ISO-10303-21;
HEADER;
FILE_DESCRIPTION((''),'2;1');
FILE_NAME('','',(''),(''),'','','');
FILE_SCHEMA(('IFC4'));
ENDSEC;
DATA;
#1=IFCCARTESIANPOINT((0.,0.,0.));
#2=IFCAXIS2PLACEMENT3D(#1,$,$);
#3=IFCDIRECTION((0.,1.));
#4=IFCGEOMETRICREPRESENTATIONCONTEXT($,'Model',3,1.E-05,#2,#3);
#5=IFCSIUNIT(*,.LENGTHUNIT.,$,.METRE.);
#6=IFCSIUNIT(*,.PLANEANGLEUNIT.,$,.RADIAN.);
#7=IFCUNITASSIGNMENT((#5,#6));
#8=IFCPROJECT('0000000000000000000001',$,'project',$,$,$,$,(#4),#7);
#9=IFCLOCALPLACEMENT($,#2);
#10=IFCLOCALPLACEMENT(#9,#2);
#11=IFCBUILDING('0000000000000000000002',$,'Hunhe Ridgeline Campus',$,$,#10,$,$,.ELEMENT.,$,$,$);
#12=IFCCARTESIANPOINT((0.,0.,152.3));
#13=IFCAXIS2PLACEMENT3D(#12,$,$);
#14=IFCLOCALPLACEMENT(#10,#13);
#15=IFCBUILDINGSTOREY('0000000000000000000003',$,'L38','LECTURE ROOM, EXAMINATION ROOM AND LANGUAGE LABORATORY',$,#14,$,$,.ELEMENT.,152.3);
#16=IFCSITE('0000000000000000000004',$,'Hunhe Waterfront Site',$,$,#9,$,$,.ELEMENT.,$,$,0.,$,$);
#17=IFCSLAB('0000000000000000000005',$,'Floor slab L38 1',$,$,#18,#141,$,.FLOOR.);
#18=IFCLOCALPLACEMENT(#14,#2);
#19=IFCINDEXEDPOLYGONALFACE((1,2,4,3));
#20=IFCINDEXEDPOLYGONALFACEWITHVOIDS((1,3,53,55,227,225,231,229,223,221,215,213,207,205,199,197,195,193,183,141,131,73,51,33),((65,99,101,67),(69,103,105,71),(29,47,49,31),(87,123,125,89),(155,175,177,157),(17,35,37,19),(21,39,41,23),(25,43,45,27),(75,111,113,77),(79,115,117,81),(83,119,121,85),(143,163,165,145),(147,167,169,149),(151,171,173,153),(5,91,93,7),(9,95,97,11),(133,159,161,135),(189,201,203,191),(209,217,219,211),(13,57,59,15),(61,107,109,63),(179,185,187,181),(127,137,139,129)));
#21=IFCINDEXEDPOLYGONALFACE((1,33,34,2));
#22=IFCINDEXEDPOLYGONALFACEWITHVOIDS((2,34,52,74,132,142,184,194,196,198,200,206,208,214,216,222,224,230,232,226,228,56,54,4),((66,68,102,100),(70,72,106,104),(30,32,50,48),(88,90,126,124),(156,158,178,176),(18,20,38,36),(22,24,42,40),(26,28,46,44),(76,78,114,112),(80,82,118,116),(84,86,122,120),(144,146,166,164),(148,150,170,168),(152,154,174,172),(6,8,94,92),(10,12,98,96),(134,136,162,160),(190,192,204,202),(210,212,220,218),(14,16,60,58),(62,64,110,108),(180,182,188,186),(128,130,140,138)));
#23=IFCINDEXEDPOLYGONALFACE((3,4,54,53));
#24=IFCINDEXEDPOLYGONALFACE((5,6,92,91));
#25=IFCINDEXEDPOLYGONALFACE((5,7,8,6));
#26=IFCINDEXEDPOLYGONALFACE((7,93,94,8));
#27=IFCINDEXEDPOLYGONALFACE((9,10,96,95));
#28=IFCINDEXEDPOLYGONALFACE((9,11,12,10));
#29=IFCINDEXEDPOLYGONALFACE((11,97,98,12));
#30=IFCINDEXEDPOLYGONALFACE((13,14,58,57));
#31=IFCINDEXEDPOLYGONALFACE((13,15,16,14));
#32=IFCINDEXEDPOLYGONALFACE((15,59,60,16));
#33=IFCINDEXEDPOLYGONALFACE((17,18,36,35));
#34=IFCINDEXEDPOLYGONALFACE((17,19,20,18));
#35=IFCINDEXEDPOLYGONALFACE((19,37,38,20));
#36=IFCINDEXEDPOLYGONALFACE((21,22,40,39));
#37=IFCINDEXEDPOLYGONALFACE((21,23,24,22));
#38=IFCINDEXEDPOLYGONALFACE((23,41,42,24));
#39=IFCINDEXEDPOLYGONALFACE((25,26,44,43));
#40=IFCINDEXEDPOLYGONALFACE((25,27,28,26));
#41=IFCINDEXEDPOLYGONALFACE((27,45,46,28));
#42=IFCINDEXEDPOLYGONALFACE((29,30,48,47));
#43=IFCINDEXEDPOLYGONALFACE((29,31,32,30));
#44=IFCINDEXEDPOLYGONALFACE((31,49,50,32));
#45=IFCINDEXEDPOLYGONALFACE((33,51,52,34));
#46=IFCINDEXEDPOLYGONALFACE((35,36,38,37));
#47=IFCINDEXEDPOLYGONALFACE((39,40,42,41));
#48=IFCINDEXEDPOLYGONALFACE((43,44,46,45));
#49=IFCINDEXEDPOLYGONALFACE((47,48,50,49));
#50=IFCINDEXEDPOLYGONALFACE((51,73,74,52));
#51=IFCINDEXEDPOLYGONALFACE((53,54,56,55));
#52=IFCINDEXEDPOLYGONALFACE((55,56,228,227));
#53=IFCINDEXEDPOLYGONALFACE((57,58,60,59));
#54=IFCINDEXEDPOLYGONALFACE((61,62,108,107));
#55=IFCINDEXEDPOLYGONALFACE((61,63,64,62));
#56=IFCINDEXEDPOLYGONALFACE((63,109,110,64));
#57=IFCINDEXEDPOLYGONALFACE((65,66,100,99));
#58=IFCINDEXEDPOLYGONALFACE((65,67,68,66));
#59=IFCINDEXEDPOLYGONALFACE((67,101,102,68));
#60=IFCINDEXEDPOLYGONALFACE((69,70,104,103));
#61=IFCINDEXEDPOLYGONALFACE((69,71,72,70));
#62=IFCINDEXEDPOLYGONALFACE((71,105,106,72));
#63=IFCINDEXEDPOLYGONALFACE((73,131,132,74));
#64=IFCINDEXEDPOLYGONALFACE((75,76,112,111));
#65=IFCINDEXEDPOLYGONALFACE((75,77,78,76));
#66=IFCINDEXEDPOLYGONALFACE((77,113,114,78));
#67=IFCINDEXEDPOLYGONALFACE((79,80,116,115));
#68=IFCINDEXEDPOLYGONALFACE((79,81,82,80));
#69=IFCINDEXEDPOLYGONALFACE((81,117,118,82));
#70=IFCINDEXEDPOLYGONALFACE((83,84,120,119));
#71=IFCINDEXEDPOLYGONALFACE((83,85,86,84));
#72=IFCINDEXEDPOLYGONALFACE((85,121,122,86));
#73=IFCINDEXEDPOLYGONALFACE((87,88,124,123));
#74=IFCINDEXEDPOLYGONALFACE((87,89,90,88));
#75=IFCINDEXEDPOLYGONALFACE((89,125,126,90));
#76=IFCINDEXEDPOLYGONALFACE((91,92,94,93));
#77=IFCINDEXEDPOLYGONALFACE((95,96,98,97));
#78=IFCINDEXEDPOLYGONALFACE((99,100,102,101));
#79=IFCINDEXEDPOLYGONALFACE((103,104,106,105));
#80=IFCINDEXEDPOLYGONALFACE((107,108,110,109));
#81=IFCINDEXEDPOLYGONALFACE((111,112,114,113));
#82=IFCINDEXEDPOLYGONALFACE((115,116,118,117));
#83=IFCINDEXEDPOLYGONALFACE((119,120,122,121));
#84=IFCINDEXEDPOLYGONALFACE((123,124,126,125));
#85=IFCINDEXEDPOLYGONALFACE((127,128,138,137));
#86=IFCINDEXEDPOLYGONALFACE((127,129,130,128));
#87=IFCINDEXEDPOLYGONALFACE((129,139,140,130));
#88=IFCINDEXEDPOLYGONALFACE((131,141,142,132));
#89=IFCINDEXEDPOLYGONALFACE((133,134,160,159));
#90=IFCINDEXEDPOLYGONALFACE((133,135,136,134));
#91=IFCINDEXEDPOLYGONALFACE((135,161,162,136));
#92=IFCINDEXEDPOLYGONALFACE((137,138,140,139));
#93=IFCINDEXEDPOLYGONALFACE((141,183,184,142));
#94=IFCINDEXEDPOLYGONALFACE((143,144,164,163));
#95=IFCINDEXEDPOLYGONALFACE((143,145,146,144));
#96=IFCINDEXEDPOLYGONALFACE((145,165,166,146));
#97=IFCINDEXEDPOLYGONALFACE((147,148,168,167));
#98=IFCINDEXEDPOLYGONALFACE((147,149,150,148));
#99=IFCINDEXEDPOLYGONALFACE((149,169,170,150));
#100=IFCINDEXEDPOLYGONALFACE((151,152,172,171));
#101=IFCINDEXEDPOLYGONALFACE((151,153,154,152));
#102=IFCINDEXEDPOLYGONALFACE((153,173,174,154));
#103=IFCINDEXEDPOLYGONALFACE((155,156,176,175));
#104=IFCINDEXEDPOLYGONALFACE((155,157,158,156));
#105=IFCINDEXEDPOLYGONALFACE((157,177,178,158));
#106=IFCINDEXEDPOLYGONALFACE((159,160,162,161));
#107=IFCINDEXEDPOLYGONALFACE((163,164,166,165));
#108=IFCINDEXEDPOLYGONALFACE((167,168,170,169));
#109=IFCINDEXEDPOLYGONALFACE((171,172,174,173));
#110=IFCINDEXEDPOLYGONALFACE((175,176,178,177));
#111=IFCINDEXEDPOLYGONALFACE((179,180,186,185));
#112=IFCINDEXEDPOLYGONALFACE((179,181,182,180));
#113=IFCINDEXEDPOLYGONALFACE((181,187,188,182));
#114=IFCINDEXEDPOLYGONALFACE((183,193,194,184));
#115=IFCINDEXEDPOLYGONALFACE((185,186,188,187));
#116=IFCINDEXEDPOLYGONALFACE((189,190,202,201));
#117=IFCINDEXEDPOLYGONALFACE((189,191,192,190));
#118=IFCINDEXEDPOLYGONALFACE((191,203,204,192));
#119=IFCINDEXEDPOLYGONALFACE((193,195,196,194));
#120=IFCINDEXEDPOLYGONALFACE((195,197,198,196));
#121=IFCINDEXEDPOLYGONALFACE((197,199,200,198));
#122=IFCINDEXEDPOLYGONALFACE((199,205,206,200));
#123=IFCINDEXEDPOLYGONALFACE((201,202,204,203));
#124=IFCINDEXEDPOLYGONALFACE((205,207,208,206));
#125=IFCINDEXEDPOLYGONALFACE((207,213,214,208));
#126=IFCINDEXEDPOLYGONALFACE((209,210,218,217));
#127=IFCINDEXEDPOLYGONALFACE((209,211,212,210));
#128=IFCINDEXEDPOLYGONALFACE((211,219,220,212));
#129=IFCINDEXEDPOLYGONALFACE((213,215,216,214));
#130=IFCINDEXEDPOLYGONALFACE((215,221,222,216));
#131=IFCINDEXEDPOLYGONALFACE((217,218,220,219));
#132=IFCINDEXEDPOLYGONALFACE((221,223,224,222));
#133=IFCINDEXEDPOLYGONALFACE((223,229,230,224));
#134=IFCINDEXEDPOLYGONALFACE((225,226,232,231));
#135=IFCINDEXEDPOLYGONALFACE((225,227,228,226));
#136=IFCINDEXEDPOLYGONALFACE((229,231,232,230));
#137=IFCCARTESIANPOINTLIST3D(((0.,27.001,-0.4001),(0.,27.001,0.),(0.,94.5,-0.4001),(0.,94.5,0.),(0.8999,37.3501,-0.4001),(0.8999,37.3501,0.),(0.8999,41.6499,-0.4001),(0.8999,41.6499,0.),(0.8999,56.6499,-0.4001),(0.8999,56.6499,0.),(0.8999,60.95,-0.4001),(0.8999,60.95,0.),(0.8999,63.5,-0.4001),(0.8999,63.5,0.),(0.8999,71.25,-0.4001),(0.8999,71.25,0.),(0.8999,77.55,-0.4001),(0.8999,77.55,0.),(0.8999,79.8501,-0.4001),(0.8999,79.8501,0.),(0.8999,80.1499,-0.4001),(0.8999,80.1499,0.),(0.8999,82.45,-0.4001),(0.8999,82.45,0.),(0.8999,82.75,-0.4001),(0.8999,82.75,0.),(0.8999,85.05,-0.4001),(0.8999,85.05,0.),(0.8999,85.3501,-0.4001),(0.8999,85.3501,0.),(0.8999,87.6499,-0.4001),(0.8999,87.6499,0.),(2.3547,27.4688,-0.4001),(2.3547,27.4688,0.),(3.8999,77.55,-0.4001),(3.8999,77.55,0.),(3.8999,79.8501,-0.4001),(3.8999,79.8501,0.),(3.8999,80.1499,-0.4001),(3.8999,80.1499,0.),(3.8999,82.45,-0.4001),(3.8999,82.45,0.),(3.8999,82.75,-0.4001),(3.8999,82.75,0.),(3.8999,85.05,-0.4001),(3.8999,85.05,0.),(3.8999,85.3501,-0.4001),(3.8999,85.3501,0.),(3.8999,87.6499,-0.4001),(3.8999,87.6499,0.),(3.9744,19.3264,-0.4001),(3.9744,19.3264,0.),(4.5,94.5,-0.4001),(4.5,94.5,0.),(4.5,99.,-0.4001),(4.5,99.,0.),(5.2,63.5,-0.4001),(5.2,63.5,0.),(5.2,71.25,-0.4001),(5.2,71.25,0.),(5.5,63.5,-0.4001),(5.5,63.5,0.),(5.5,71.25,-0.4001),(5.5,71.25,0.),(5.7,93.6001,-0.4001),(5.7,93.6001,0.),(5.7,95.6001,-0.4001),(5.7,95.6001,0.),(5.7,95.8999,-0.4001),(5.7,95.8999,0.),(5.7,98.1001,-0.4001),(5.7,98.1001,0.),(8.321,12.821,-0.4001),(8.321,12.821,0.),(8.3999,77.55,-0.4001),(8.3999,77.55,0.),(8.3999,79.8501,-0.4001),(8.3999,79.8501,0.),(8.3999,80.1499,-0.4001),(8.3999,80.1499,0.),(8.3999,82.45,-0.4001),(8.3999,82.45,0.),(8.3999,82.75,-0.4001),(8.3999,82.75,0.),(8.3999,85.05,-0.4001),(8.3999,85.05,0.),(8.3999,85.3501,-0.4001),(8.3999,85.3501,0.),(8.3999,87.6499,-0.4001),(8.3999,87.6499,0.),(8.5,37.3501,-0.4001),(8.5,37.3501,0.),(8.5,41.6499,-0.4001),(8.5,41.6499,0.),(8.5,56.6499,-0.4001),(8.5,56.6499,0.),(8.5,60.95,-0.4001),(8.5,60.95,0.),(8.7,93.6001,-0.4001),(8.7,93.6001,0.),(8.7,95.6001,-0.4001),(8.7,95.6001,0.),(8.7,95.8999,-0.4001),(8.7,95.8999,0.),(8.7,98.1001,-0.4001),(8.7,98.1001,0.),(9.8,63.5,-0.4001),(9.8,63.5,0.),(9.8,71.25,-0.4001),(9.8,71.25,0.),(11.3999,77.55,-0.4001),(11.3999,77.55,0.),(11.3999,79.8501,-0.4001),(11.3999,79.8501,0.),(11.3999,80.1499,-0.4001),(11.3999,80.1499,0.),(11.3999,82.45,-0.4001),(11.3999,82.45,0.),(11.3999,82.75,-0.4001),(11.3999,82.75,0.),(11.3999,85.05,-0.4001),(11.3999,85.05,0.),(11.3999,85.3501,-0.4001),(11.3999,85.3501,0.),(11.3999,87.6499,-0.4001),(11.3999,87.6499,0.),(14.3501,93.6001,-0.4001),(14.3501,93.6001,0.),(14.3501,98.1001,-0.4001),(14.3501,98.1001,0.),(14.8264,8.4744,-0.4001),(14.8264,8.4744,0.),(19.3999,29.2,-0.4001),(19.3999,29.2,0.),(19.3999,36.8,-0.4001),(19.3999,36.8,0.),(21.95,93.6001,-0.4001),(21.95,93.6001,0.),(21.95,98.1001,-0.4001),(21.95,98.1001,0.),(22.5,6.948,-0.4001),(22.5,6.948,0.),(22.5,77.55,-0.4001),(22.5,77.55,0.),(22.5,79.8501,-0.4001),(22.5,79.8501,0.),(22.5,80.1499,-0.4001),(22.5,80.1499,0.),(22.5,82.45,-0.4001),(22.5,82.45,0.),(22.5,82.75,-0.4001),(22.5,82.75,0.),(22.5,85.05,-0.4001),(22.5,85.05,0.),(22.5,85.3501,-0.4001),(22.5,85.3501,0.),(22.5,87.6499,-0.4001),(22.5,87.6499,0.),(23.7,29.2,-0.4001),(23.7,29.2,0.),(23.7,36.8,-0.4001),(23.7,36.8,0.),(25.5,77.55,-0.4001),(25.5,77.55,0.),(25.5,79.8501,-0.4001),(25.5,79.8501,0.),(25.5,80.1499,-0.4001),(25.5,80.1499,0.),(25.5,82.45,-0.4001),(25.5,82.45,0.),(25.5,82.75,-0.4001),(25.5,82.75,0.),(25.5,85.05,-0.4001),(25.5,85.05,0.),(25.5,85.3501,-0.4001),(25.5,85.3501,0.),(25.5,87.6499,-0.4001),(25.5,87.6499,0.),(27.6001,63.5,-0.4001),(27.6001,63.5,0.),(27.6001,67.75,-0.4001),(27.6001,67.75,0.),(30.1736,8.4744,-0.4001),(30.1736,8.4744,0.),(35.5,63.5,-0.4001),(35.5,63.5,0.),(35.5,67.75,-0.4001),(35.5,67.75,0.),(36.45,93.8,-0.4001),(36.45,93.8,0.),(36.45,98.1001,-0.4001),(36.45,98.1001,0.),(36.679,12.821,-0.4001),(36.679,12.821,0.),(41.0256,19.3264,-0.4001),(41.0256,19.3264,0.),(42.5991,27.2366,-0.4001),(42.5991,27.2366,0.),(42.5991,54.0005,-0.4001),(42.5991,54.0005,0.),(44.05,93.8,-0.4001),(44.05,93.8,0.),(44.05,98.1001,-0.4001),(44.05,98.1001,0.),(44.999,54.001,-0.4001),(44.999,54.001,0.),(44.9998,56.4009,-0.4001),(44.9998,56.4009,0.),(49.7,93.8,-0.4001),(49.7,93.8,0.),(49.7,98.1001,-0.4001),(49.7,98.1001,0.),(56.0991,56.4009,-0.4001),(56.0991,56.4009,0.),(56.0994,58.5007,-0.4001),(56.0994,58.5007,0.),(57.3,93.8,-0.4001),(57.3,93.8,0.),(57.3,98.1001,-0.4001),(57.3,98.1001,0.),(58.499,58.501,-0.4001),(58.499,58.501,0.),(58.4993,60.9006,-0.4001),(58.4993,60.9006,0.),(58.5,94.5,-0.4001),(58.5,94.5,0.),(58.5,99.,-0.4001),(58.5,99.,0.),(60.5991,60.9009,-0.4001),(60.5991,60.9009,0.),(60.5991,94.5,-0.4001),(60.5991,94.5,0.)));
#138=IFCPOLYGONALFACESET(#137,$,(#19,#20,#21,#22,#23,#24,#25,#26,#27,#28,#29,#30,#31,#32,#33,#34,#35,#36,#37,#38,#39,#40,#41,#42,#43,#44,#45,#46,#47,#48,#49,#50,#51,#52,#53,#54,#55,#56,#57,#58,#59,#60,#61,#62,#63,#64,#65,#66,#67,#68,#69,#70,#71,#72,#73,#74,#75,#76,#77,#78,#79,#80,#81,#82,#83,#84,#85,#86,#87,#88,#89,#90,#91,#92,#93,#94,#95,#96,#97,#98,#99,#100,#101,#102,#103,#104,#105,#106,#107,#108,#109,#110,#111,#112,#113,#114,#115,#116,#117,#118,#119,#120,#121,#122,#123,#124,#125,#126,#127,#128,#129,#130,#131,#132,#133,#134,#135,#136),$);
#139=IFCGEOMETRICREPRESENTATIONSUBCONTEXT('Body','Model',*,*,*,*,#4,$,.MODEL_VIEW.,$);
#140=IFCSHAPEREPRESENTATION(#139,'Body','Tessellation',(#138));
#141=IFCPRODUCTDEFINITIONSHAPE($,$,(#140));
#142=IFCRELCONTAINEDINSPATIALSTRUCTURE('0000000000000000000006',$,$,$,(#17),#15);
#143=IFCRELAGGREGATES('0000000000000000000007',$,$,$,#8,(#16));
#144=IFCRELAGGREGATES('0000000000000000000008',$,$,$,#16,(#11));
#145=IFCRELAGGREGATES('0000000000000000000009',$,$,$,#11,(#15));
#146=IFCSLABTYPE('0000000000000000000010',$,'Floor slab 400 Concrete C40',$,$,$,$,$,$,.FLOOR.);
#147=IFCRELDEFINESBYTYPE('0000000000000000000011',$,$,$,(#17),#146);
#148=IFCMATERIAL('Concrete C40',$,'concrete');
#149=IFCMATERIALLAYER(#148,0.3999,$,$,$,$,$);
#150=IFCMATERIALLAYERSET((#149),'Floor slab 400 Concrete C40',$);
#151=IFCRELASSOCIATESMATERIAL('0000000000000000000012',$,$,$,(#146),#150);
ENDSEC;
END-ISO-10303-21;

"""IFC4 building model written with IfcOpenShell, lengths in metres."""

from ifc_helpers import new_model, si_unit, direction, frame, origin, place, context, subcontext, project, spatial, polyline, outline, extrude, material, layer, layer_set, type_object, element, save


model = new_model("IFC4")

# Units and contexts
model_context = context("Model", 3, precision=1e-05, world=origin(), true_north=direction((0.0, 1.0)))
body_context = subcontext(model_context, "Body", "Model", "MODEL_VIEW")
ifc_project = project(units=[si_unit("LENGTHUNIT", "METRE"), si_unit("PLANEANGLEUNIT", "RADIAN")], contexts=[model_context])

# Site, building, storey
site_placement = place(None, origin())
site = spatial("IfcSite", under=ifc_project, at=site_placement, Name="Hunhe Waterfront Site", CompositionType="ELEMENT", RefElevation=0.0)
building_placement = place(site_placement, origin())
building = spatial("IfcBuilding", under=site, at=building_placement, Name="Hunhe Ridgeline Campus", CompositionType="ELEMENT")
storey_placement = place(building_placement, frame((0.0, 0.0, 152.3)))
storey = spatial("IfcBuildingStorey", under=building, at=storey_placement, Name="L38", Description="LECTURE ROOM, EXAMINATION ROOM AND LANGUAGE LABORATORY", CompositionType="ELEMENT", Elevation=152.3)

# Slab
ifc_material_1 = material(Name="Concrete C40", Category="concrete")
ifc_layer_1 = layer(ifc_material_1, 0.3999)
ifc_layer_set_1 = layer_set([ifc_layer_1], Name="Floor slab 400 Concrete C40")
slab_type_1 = type_object("IfcSlabType", Name="Floor slab 400 Concrete C40", PredefinedType="FLOOR", material=ifc_layer_set_1)
slab_1_placement = place(storey_placement, frame((0.0, 0.0, -0.4001)))
element("IfcSlab", 1, at=slab_1_placement, inside=storey, type_object=slab_type_1, Name="Floor slab L38 1", PredefinedType="FLOOR", context=body_context, shape_type="SweptSolid", body=[
    extrude(outline(polyline([(2.3547, 27.4688), (3.9744, 19.3264), (8.321, 12.821), (14.8264, 8.4744), (22.5, 6.948), (30.1736, 8.4744), (36.679, 12.821), (41.0256, 19.3264), (42.5991, 27.2366), (42.5991, 54.0005), (44.999, 54.001), (44.9998, 56.4009), (56.0991, 56.4009), (56.0994, 58.5007), (58.499, 58.501), (58.4993, 60.9006), (60.5991, 60.9009), (60.5991, 94.5), (58.5, 94.5), (58.5, 99.0), (4.5, 99.0), (4.5, 94.5), (0.0, 94.5), (0.0, 27.001), (2.3547, 27.4688)]), holes=[polyline([(49.7, 93.8), (57.3, 93.8), (57.3, 98.1001), (49.7, 98.1001), (49.7, 93.8)]), polyline([(44.05, 93.8), (44.05, 98.1001), (36.45, 98.1001), (36.45, 93.8), (44.05, 93.8)]), polyline([(35.5, 67.75), (27.6001, 67.75), (27.6001, 63.5), (35.5, 63.5), (35.5, 67.75)]), polyline([(25.5, 82.75), (25.5, 85.05), (22.5, 85.05), (22.5, 82.75), (25.5, 82.75)]), polyline([(25.5, 82.45), (22.5, 82.45), (22.5, 80.1499), (25.5, 80.1499), (25.5, 82.45)]), polyline([(22.5, 85.3501), (25.5, 85.3501), (25.5, 87.6499), (22.5, 87.6499), (22.5, 85.3501)]), polyline([(22.5, 79.8501), (22.5, 77.55), (25.5, 77.55), (25.5, 79.8501), (22.5, 79.8501)]), polyline([(19.3999, 29.2), (23.7, 29.2), (23.7, 36.8), (19.3999, 36.8), (19.3999, 29.2)]), polyline([(21.95, 93.6001), (21.95, 98.1001), (14.3501, 98.1001), (14.3501, 93.6001), (21.95, 93.6001)]), polyline([(8.3999, 79.8501), (8.3999, 77.55), (11.3999, 77.55), (11.3999, 79.8501), (8.3999, 79.8501)]), polyline([(8.3999, 85.3501), (11.3999, 85.3501), (11.3999, 87.6499), (8.3999, 87.6499), (8.3999, 85.3501)]), polyline([(11.3999, 82.45), (8.3999, 82.45), (8.3999, 80.1499), (11.3999, 80.1499), (11.3999, 82.45)]), polyline([(11.3999, 82.75), (11.3999, 85.05), (8.3999, 85.05), (8.3999, 82.75), (11.3999, 82.75)]), polyline([(5.5, 71.25), (5.5, 63.5), (9.8, 63.5), (9.8, 71.25), (5.5, 71.25)]), polyline([(8.7, 98.1001), (5.7, 98.1001), (5.7, 95.8999), (8.7, 95.8999), (8.7, 98.1001)]), polyline([(5.7, 95.6001), (5.7, 93.6001), (8.7, 93.6001), (8.7, 95.6001), (5.7, 95.6001)]), polyline([(0.8999, 60.95), (0.8999, 56.6499), (8.5, 56.6499), (8.5, 60.95), (0.8999, 60.95)]), polyline([(0.8999, 37.3501), (8.5, 37.3501), (8.5, 41.6499), (0.8999, 41.6499), (0.8999, 37.3501)]), polyline([(0.8999, 63.5), (5.2, 63.5), (5.2, 71.25), (0.8999, 71.25), (0.8999, 63.5)]), polyline([(3.8999, 82.75), (3.8999, 85.05), (0.8999, 85.05), (0.8999, 82.75), (3.8999, 82.75)]), polyline([(3.8999, 82.45), (0.8999, 82.45), (0.8999, 80.1499), (3.8999, 80.1499), (3.8999, 82.45)]), polyline([(0.8999, 85.3501), (3.8999, 85.3501), (3.8999, 87.6499), (0.8999, 87.6499), (0.8999, 85.3501)]), polyline([(0.8999, 79.8501), (0.8999, 77.55), (3.8999, 77.55), (3.8999, 79.8501), (0.8999, 79.8501)])]), origin(), (0.0, 0.0, 1.0), 0.4001),
])

save(model, "model.ifc")
